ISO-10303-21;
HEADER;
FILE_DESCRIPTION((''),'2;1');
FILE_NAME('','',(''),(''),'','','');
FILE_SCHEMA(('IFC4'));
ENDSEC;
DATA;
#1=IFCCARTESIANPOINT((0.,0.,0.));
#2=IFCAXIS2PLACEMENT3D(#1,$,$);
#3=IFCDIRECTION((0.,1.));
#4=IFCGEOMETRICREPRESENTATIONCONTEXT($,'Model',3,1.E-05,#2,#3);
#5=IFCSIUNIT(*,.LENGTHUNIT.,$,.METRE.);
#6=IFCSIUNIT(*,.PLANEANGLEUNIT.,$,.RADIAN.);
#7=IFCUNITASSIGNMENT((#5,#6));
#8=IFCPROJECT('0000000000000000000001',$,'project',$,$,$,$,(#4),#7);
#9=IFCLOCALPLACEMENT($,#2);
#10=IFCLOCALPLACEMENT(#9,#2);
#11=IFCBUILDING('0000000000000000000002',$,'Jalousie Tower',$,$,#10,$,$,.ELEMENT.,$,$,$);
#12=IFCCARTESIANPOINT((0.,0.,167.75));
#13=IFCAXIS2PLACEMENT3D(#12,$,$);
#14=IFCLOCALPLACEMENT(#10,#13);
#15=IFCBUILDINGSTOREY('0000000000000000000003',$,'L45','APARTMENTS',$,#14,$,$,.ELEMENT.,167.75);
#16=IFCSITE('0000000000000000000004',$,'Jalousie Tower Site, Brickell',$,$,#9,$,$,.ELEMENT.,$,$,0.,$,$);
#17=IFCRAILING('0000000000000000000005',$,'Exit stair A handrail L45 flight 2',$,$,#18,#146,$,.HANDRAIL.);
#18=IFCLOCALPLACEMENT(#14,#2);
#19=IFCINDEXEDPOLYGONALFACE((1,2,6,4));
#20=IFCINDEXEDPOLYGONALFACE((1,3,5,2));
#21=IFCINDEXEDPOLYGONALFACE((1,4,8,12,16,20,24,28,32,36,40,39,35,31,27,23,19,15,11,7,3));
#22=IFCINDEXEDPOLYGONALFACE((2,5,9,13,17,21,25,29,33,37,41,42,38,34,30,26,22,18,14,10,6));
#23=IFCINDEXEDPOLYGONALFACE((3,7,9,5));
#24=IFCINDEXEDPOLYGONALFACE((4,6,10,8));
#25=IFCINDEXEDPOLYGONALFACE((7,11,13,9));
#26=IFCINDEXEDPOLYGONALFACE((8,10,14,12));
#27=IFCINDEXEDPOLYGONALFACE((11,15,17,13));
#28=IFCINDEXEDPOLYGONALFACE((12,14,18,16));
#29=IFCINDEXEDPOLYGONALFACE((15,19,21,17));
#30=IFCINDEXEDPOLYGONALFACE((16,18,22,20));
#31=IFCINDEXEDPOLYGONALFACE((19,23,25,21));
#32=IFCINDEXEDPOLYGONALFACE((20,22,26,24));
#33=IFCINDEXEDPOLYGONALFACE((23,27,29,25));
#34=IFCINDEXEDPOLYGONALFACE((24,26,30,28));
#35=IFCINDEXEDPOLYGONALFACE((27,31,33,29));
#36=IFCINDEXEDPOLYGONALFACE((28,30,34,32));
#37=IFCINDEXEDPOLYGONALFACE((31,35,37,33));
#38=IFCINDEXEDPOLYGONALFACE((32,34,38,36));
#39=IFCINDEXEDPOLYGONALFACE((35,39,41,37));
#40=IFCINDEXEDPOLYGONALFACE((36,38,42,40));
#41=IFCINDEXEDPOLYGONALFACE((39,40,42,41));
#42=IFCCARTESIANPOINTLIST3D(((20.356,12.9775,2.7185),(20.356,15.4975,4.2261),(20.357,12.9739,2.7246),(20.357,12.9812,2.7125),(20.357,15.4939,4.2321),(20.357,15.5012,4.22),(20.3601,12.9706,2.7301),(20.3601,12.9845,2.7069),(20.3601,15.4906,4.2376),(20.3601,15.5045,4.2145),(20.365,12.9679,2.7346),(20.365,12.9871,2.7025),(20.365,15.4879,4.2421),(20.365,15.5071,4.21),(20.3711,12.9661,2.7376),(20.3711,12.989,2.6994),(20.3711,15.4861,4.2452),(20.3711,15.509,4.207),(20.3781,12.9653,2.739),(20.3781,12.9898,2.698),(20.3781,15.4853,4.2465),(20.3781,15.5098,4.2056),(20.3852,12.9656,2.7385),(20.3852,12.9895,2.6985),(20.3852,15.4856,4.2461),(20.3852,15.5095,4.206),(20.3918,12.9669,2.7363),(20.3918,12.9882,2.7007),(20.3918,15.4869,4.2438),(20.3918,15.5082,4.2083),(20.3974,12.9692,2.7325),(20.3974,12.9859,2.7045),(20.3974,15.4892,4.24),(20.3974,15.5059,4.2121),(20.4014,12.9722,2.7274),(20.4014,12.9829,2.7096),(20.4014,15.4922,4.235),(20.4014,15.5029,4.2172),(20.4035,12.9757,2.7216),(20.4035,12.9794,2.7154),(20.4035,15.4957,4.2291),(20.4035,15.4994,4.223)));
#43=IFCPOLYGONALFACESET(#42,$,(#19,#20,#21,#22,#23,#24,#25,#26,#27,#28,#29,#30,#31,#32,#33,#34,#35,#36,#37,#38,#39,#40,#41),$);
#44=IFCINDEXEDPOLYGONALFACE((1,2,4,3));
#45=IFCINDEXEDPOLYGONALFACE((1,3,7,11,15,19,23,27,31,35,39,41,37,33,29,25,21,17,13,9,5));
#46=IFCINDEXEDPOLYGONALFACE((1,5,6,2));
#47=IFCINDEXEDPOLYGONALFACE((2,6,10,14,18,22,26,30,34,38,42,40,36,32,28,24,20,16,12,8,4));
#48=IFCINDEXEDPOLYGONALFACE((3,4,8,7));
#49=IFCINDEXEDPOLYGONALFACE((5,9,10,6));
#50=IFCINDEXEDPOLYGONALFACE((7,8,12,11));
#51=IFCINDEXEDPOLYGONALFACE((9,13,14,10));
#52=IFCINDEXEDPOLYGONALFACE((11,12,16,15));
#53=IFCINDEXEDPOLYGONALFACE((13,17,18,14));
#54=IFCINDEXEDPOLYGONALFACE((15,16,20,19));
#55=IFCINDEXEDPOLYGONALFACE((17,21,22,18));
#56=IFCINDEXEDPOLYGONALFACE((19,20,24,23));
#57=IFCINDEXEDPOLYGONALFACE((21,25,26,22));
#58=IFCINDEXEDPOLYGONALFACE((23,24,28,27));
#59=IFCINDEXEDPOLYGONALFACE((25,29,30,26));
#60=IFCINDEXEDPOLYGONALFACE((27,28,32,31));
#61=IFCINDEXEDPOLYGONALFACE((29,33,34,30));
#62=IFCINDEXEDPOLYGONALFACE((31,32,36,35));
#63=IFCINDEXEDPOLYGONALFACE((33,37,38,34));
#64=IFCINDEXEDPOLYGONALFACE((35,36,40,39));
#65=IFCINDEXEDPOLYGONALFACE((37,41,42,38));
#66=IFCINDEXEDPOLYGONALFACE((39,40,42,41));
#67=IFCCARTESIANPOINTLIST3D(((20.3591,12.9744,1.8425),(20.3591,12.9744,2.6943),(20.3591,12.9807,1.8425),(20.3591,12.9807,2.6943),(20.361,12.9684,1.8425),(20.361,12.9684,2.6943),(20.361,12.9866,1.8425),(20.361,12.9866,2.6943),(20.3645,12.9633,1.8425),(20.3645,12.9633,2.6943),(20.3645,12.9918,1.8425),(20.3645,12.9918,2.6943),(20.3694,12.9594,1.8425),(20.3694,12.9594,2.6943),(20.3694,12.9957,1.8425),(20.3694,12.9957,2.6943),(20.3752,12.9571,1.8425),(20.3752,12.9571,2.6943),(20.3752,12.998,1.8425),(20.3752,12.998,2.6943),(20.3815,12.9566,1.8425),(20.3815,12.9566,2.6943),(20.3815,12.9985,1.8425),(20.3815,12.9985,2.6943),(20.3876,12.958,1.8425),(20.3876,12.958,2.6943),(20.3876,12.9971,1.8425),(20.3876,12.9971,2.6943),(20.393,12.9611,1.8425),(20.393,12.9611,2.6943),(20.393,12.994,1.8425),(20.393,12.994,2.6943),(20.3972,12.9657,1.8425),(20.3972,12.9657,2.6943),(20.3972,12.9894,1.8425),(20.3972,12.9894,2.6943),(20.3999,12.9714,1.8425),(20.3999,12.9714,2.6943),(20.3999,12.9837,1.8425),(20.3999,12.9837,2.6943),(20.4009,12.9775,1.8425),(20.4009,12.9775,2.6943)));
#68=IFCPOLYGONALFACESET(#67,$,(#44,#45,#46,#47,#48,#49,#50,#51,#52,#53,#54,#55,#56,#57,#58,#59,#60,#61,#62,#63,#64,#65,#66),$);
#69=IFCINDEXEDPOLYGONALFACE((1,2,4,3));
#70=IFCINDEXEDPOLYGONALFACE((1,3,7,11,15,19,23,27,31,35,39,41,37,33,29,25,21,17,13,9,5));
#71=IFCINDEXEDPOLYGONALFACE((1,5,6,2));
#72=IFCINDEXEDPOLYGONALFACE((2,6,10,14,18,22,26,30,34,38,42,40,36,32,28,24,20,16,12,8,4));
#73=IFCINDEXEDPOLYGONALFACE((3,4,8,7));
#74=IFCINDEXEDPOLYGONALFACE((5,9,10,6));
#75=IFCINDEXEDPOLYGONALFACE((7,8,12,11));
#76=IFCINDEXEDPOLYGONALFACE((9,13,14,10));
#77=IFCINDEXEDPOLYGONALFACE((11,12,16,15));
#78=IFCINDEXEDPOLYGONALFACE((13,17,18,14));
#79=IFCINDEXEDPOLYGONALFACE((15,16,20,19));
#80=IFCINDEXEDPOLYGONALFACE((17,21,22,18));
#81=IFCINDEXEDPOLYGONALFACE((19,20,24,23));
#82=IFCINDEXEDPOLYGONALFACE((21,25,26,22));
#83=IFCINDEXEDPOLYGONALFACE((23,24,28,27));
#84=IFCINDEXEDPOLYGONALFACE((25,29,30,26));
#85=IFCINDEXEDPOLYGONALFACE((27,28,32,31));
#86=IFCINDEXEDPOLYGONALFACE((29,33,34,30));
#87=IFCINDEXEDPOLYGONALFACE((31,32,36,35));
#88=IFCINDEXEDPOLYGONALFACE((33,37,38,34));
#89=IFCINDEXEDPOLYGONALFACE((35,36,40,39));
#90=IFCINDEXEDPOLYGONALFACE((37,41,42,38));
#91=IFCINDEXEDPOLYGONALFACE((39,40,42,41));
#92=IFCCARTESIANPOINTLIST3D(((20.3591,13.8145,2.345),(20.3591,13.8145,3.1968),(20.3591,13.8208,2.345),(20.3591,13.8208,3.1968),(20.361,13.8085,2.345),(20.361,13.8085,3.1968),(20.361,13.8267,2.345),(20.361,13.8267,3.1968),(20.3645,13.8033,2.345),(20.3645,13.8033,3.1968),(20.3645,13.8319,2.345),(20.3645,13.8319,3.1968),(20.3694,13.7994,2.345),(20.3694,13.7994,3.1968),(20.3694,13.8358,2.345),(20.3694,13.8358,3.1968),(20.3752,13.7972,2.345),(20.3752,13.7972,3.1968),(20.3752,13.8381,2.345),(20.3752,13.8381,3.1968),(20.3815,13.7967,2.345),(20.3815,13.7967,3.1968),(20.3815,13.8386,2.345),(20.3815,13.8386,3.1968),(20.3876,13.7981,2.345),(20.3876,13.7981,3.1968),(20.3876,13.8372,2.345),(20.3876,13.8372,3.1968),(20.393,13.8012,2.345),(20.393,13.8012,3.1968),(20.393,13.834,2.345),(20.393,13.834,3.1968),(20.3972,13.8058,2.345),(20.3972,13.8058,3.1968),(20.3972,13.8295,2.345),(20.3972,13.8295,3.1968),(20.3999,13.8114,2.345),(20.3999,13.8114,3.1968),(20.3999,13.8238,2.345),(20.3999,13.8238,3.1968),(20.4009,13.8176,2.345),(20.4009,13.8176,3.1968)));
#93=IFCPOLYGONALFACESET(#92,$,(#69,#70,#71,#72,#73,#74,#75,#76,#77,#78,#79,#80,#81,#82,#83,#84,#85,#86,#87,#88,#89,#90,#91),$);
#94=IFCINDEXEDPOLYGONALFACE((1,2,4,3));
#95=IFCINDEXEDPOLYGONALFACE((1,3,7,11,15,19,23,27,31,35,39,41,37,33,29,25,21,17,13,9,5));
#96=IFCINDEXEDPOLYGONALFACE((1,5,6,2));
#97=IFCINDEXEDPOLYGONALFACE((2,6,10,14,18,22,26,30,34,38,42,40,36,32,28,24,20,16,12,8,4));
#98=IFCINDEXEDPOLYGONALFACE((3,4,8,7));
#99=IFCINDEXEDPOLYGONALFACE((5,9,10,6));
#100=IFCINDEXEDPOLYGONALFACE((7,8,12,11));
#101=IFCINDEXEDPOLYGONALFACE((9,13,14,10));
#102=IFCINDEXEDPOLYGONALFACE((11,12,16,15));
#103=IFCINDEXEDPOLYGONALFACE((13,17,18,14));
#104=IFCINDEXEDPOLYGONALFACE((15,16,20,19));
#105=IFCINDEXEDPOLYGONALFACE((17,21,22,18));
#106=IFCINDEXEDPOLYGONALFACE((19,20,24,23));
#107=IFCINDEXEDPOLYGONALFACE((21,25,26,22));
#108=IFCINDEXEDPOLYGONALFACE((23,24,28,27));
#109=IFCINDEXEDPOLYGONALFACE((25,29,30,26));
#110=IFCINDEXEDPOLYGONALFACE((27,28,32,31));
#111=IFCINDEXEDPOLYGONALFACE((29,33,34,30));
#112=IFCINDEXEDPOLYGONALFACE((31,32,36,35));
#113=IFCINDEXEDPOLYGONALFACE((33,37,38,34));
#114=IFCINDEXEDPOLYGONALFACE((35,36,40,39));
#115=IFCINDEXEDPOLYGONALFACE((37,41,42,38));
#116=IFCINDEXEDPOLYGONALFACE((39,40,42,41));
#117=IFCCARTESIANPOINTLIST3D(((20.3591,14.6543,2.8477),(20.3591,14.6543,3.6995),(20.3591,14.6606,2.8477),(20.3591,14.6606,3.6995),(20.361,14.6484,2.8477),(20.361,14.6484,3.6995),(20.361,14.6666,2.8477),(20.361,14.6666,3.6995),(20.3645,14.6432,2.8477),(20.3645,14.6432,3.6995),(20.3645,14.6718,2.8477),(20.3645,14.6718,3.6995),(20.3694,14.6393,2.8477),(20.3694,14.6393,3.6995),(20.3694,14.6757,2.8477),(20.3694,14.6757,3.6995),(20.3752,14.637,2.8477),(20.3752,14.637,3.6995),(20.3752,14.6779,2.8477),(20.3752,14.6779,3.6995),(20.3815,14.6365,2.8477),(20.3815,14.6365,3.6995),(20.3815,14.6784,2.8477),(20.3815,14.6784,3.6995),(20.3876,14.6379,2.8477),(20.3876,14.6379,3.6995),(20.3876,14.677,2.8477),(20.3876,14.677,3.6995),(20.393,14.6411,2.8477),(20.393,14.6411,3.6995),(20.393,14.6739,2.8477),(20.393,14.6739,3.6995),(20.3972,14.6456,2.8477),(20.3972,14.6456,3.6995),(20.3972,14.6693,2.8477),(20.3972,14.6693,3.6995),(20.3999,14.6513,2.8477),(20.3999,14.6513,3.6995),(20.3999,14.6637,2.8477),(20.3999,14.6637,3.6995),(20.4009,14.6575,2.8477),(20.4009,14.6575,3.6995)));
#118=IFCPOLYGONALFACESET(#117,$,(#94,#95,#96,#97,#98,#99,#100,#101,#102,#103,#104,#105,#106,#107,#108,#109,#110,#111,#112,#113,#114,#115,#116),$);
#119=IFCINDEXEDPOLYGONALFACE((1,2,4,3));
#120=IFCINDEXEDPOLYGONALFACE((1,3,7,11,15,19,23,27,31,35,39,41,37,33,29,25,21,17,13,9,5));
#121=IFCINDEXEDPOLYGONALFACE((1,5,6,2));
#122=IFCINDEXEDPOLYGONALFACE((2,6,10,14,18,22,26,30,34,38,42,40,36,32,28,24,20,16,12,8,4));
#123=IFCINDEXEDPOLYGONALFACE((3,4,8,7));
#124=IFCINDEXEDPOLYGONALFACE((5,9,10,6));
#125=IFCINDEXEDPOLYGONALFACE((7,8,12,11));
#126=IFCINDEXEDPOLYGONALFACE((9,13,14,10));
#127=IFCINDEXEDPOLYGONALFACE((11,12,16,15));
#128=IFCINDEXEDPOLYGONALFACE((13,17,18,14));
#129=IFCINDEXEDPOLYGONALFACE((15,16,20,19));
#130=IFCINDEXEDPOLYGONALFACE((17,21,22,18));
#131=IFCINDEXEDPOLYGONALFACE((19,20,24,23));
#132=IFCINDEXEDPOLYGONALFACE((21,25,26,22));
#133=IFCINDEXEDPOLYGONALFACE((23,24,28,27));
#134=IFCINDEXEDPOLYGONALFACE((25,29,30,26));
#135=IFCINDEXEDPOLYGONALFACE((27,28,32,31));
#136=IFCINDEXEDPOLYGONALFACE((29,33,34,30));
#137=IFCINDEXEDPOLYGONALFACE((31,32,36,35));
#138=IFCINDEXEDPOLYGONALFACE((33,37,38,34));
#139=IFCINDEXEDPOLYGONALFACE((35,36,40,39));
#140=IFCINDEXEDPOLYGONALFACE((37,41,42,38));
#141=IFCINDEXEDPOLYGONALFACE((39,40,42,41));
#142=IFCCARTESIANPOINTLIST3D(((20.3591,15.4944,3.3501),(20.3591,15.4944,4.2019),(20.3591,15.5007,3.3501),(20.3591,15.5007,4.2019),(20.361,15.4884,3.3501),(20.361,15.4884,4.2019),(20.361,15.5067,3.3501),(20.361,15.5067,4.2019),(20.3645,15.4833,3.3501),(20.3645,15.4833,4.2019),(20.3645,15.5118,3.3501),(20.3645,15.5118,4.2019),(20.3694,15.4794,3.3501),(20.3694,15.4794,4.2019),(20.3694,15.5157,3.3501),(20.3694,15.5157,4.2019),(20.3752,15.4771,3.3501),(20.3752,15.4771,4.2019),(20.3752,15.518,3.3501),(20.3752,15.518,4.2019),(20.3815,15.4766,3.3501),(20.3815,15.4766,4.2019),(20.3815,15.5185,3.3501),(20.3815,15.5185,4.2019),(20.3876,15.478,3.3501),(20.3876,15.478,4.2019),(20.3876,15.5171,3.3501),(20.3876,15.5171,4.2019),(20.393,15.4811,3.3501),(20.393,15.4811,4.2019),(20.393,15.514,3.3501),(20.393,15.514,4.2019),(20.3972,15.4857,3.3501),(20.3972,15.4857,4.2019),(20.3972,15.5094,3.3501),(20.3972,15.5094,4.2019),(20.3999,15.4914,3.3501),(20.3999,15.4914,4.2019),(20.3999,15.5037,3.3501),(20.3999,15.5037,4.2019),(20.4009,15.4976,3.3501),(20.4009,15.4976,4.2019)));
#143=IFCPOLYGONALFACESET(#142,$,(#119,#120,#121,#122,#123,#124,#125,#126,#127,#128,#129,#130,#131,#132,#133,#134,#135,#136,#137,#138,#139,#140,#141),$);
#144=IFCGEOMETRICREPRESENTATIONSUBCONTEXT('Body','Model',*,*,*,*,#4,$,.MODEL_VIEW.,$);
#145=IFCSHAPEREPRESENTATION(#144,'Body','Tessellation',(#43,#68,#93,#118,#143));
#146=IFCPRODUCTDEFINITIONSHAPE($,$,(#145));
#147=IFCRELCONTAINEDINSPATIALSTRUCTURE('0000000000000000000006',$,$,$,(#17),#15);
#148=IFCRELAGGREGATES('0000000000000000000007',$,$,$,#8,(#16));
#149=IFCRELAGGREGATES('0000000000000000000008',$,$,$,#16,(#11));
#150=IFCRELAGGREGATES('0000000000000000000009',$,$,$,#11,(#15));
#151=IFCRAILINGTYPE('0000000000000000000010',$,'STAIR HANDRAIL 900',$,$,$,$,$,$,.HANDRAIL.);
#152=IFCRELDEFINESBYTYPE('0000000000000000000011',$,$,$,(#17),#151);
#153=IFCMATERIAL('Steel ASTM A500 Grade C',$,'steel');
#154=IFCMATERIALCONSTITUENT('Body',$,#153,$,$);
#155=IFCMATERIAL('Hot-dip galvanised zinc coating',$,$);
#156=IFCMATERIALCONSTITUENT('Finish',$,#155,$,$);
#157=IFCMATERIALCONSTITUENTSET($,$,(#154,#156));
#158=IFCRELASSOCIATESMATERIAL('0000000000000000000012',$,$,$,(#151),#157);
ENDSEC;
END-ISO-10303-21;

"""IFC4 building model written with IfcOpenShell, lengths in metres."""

from ifc_helpers import new_model, si_unit, direction, frame, origin, origin_2d, place, context, subcontext, project, spatial, circle, extrude, material, constituent, constituent_set, type_object, element, save


model = new_model("IFC4")

# Units and contexts
model_context = context("Model", 3, precision=1e-05, world=origin(), true_north=direction((0.0, 1.0)))
body_context = subcontext(model_context, "Body", "Model", "MODEL_VIEW")
ifc_project = project(units=[si_unit("LENGTHUNIT", "METRE"), si_unit("PLANEANGLEUNIT", "RADIAN")], contexts=[model_context])

# Site, building, storey
site_placement = place(None, origin())
site = spatial("IfcSite", under=ifc_project, at=site_placement, Name="Jalousie Tower Site, Brickell", CompositionType="ELEMENT", RefElevation=0.0)
building_placement = place(site_placement, origin())
building = spatial("IfcBuilding", under=site, at=building_placement, Name="Jalousie Tower", CompositionType="ELEMENT")
storey_placement = place(building_placement, frame((0.0, 0.0, 167.75)))
storey = spatial("IfcBuildingStorey", under=building, at=storey_placement, Name="L45", Description="APARTMENTS", CompositionType="ELEMENT", Elevation=167.75)

# Railing
ifc_material_1 = material(Name="Steel ASTM A500 Grade C", Category="steel")
ifc_constituent_1 = constituent(ifc_material_1, Name="Body")
ifc_material_2 = material(Name="Hot-dip galvanised zinc coating")
ifc_constituent_2 = constituent(ifc_material_2, Name="Finish")
ifc_constituent_set_1 = constituent_set(constituents=[ifc_constituent_1, ifc_constituent_2])
railing_type_1 = type_object("IfcRailingType", Name="STAIR HANDRAIL 900", PredefinedType="HANDRAIL", material=ifc_constituent_set_1)
railing_1_placement = place(storey_placement, frame((20.3799, 12.9775, 1.8425)))
element("IfcRailing", 1, at=railing_1_placement, inside=storey, type_object=railing_type_1, Name="Exit stair A handrail L45 flight 2", PredefinedType="HANDRAIL", context=body_context, shape_type="SweptSolid", body=[
    extrude(circle(Radius=0.0239, at=origin_2d()), frame((0.0, 0.0, 0.876), z_axis=(0.0, 0.85816, 0.513383), x_axis=(-1.0, 0.0, 0.0)), (0.0, 0.0, 1.0), 2.9365),
    extrude(circle(Radius=0.021, at=origin_2d()), origin(), (0.0, 0.0, 1.0), 0.8518),
    extrude(circle(Radius=0.021, at=origin_2d()), frame((0.0, 0.8401, 0.5024)), (0.0, 0.0, 1.0), 0.8518),
    extrude(circle(Radius=0.021, at=origin_2d()), frame((0.0, 1.6799, 1.0051)), (0.0, 0.0, 1.0), 0.8518),
    extrude(circle(Radius=0.021, at=origin_2d()), frame((0.0, 2.52, 1.5076)), (0.0, 0.0, 1.0), 0.8518),
])

save(model, "model.ifc")
